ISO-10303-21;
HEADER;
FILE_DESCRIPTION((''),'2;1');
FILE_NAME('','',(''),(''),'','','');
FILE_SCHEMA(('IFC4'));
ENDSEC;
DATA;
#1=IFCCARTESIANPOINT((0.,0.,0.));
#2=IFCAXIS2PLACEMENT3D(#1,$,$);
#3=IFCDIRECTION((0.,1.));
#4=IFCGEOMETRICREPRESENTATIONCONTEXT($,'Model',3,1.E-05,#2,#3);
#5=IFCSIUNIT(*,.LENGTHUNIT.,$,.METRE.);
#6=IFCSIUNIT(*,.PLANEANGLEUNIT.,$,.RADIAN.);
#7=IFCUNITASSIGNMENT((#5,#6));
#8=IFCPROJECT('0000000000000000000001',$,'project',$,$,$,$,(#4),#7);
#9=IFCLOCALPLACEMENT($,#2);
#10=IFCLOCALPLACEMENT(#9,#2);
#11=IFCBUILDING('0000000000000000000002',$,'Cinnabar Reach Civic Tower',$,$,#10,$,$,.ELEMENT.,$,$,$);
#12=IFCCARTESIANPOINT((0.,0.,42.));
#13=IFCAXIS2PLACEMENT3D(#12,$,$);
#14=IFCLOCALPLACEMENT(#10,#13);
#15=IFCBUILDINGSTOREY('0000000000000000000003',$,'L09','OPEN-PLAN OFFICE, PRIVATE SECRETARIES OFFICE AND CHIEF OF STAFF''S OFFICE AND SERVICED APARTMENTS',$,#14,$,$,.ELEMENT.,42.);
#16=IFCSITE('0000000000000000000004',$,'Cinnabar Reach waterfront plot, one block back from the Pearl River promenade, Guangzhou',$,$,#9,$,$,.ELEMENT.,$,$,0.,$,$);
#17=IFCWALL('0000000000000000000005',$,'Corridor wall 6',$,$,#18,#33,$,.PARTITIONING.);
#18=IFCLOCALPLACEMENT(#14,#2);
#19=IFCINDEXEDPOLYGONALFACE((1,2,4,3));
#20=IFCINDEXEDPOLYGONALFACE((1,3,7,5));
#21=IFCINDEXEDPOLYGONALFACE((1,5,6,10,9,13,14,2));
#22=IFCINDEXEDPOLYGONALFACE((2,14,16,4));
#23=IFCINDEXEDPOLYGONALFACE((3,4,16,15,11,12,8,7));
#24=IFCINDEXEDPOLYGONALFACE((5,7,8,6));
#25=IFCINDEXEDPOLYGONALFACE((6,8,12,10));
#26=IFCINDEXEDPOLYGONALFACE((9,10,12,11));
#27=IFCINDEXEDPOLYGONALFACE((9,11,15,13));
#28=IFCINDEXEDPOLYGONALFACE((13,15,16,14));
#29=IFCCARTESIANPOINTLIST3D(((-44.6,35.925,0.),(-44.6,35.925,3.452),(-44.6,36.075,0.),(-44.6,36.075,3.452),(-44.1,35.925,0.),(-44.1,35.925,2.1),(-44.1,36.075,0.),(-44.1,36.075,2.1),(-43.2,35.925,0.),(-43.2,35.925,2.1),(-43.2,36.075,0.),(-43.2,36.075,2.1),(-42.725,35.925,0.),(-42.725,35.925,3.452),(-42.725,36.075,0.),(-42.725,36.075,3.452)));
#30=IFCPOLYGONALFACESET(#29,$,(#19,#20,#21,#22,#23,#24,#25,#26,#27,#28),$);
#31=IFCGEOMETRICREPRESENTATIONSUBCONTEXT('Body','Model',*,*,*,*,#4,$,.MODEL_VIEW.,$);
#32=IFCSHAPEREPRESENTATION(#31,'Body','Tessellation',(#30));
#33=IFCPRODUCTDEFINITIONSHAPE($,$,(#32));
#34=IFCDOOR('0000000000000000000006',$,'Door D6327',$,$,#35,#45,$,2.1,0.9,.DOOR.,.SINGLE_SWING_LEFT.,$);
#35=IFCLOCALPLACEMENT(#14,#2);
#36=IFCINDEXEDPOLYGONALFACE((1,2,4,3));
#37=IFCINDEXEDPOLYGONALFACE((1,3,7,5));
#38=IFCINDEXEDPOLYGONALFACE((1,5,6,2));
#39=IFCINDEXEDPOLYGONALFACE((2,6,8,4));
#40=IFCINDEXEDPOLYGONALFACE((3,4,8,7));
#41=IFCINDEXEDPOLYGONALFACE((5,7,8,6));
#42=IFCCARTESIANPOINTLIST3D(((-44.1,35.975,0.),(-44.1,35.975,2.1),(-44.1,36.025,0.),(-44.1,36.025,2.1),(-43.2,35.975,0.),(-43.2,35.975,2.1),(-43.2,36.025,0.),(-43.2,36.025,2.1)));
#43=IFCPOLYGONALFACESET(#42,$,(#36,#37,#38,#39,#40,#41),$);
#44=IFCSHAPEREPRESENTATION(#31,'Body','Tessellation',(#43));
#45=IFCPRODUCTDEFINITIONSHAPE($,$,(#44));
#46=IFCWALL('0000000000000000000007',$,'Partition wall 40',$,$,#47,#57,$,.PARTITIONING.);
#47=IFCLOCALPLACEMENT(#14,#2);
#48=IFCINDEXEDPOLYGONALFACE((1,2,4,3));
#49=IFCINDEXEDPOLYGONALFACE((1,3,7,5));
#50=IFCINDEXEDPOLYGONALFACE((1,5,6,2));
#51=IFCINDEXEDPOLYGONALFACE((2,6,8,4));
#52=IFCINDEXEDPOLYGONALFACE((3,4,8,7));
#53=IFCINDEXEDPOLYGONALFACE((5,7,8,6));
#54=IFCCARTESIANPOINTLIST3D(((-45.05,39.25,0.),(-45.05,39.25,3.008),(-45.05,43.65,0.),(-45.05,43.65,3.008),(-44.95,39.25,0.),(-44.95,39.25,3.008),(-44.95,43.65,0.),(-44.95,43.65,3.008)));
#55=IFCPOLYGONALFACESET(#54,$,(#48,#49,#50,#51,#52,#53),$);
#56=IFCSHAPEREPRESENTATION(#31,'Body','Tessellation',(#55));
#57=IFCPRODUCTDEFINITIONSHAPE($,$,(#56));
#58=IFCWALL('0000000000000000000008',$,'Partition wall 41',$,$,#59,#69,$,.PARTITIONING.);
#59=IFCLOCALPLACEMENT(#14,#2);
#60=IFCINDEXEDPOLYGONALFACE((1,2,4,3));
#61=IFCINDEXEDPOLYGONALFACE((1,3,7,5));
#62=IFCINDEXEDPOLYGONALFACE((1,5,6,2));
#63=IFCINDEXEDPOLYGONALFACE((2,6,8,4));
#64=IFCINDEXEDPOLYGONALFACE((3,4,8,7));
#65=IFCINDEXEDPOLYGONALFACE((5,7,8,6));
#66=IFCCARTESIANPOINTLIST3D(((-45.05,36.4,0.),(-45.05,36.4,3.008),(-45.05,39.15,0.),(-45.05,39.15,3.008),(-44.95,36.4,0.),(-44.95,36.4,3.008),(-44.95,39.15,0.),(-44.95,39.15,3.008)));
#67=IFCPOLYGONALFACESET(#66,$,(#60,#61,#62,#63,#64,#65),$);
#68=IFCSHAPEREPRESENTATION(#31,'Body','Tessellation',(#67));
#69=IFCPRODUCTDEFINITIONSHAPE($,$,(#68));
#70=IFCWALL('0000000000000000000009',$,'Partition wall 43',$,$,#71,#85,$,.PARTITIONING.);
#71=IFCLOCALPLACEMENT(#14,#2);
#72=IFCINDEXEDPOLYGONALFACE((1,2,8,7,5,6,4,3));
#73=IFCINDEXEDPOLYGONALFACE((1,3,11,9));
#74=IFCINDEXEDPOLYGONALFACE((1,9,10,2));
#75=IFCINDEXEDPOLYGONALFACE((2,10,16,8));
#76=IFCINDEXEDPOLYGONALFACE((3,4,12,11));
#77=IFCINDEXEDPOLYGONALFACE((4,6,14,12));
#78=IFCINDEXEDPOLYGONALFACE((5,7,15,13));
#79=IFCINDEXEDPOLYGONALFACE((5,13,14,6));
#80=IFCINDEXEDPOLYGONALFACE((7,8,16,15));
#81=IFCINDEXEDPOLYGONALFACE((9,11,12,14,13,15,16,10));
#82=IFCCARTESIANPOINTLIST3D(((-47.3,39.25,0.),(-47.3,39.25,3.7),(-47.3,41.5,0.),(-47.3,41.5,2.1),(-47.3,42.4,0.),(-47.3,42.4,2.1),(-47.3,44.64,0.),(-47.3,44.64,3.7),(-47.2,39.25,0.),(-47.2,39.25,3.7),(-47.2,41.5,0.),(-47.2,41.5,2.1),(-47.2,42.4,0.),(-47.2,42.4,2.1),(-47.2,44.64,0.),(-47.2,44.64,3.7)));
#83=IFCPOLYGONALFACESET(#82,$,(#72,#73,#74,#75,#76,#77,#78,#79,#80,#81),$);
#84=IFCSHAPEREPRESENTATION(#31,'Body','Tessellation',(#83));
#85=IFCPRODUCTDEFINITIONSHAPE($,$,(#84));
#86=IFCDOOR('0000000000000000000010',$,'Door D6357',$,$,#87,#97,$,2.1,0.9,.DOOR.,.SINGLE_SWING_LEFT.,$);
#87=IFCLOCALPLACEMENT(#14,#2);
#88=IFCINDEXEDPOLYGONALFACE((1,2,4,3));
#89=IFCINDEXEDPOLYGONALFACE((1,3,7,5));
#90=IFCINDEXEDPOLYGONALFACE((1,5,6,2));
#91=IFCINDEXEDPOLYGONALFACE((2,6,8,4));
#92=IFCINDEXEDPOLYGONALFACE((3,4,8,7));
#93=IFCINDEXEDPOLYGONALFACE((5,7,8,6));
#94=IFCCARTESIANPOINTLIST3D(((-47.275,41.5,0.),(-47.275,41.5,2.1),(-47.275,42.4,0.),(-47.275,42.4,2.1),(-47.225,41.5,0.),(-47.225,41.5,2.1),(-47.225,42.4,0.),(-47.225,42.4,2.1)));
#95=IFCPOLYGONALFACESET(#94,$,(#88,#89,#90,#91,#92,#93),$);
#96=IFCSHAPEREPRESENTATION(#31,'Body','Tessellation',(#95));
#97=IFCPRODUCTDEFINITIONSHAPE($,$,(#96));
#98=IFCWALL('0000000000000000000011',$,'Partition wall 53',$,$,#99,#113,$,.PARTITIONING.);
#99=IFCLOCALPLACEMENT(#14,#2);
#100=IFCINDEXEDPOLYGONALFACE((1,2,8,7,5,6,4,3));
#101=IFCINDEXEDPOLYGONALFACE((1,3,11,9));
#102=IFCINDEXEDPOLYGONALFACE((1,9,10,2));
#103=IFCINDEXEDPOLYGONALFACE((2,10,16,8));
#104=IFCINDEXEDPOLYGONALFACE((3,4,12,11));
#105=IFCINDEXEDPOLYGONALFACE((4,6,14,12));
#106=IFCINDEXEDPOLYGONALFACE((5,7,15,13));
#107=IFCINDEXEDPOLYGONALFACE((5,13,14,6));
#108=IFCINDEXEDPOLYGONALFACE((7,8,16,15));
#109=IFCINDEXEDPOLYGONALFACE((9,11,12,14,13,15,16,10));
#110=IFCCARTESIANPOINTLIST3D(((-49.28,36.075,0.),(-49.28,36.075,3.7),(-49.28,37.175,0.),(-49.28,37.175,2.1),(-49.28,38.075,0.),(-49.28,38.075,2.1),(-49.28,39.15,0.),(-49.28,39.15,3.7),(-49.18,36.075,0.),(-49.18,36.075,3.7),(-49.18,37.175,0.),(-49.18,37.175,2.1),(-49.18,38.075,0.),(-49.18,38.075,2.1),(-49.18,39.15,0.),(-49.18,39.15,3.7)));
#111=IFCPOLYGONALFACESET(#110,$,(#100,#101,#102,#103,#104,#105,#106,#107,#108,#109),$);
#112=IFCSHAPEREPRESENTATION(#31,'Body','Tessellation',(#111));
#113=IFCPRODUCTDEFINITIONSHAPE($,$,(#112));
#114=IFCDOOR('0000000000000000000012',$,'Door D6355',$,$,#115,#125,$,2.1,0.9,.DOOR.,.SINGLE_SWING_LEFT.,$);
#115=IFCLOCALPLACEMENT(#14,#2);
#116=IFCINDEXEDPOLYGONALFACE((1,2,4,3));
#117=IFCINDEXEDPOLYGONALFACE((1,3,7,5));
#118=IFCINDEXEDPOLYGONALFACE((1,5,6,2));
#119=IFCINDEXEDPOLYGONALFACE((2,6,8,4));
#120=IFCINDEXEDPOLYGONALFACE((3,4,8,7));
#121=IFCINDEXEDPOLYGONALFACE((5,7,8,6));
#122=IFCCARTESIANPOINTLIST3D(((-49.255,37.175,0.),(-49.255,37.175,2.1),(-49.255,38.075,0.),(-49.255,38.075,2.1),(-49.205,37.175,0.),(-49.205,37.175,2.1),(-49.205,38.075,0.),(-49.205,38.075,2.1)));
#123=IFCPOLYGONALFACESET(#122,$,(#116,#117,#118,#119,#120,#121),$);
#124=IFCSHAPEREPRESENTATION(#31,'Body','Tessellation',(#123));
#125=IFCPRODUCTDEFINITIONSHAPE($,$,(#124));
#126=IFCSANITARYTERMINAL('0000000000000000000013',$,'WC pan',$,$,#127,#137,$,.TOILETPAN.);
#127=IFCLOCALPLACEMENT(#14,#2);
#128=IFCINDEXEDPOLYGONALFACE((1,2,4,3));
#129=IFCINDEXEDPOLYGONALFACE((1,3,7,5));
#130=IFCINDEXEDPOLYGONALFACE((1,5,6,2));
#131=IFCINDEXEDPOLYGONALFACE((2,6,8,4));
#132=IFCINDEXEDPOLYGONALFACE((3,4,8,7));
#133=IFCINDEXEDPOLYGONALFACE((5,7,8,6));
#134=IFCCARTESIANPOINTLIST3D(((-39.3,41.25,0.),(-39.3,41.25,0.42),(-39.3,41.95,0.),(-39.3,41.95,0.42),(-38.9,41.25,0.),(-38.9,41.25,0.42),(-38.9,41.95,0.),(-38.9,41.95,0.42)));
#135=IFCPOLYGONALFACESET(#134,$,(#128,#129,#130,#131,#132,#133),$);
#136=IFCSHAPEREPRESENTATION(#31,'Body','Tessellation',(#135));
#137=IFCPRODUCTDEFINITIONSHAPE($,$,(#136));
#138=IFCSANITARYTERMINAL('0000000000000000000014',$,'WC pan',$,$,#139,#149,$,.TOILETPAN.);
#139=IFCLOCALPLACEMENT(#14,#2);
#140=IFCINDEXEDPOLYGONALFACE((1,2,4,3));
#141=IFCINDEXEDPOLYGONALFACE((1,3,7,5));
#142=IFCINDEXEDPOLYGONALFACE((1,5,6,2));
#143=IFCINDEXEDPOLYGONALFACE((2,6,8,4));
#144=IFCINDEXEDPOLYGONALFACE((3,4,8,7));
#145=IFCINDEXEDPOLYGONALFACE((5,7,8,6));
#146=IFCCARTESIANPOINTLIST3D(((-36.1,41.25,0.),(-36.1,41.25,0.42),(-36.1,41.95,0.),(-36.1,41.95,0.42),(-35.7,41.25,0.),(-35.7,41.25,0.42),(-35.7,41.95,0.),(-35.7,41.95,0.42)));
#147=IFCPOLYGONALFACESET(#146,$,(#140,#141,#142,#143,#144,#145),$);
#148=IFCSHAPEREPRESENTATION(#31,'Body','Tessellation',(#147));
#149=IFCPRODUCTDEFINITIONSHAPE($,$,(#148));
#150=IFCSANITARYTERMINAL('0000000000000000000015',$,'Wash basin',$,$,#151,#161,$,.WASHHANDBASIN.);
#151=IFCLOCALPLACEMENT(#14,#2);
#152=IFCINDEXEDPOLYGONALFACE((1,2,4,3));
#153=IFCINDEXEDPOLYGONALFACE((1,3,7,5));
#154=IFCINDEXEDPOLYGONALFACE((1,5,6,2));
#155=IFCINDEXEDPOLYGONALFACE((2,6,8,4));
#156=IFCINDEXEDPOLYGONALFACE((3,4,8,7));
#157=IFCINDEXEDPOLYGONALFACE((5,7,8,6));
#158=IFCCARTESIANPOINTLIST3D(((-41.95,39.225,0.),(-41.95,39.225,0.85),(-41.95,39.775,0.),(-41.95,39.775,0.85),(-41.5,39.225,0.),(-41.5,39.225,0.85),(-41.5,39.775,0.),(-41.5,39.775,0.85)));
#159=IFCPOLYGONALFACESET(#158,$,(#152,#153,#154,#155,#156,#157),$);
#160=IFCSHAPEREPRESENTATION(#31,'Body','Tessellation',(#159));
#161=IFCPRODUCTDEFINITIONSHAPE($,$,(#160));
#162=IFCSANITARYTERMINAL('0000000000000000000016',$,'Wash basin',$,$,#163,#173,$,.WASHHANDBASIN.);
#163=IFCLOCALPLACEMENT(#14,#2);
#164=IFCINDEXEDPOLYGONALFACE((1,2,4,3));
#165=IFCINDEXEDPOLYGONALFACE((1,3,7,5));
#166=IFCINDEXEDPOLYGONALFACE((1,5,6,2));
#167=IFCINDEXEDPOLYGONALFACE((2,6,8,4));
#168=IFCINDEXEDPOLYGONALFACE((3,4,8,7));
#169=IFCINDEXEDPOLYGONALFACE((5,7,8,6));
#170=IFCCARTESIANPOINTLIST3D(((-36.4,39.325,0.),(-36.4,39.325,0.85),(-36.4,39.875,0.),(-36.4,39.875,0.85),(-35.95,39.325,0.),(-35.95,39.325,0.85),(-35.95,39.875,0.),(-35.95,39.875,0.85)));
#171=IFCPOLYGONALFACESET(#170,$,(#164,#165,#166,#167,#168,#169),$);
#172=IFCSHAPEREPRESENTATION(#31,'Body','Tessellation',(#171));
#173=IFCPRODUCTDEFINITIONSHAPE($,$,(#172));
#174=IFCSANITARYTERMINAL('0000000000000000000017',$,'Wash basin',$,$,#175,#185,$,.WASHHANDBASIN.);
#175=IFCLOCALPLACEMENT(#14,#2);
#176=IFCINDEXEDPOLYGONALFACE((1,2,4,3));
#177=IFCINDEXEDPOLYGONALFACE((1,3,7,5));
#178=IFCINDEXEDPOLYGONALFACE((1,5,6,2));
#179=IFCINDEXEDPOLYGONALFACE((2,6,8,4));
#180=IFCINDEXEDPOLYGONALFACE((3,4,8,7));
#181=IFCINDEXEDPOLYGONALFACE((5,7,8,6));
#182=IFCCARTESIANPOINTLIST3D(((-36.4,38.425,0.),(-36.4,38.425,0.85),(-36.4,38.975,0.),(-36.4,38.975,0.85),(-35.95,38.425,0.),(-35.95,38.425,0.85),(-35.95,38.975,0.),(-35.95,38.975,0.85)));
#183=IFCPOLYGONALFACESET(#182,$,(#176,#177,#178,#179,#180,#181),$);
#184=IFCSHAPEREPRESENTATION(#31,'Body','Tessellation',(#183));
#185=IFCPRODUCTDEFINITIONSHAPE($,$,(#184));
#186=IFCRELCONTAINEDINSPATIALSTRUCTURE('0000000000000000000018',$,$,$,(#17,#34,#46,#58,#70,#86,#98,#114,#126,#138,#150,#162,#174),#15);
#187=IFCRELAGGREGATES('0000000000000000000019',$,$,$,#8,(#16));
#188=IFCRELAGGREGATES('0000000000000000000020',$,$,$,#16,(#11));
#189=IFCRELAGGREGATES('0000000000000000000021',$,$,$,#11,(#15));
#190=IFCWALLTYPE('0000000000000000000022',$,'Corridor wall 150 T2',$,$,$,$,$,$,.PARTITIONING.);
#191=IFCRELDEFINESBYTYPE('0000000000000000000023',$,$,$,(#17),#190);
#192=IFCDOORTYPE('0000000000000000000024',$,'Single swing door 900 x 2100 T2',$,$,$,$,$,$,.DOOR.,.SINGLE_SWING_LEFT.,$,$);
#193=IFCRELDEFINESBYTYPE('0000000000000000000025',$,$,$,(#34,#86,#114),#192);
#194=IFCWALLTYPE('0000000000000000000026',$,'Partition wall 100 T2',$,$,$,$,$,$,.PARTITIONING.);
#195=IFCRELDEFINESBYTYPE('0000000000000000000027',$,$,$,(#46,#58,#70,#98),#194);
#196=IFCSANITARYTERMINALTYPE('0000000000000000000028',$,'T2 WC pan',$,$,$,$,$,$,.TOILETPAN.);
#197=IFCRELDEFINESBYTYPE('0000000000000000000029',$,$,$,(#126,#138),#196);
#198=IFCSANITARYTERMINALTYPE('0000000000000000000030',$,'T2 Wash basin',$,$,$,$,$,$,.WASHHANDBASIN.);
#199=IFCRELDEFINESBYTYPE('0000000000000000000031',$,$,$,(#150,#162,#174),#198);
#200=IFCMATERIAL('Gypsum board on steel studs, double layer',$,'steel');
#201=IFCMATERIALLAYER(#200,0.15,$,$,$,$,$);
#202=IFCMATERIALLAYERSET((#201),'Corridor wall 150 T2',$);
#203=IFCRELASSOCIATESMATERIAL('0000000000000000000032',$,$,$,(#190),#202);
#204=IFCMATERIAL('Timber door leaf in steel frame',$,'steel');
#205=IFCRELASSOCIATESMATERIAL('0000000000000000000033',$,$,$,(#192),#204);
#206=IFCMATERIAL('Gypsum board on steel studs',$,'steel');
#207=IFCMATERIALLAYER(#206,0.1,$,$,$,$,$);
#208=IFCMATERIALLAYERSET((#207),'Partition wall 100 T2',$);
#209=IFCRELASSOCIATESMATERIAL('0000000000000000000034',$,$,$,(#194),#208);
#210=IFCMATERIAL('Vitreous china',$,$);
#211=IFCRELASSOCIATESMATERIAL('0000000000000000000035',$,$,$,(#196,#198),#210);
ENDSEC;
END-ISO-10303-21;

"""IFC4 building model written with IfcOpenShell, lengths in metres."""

from ifc_helpers import new_model, si_unit, direction, frame, frame_2d, origin, origin_2d, place, context, subcontext, project, spatial, rectangle, extrude, material, layer, layer_set, type_object, element, fill, save


model = new_model("IFC4")

# Units and contexts
model_context = context("Model", 3, precision=1e-05, world=origin(), true_north=direction((0.0, 1.0)))
body_context = subcontext(model_context, "Body", "Model", "MODEL_VIEW")
ifc_project = project(units=[si_unit("LENGTHUNIT", "METRE"), si_unit("PLANEANGLEUNIT", "RADIAN")], contexts=[model_context])

# Site, building, storey
site_placement = place(None, origin())
site = spatial("IfcSite", under=ifc_project, at=site_placement, Name="Cinnabar Reach waterfront plot, one block back from the Pearl River promenade, Guangzhou", CompositionType="ELEMENT", RefElevation=0.0)
building_placement = place(site_placement, origin())
building = spatial("IfcBuilding", under=site, at=building_placement, Name="Cinnabar Reach Civic Tower", CompositionType="ELEMENT")
storey_placement = place(building_placement, frame((0.0, 0.0, 42.0)))
storey = spatial("IfcBuildingStorey", under=building, at=storey_placement, Name="L09", Description="OPEN-PLAN OFFICE, PRIVATE SECRETARIES OFFICE AND CHIEF OF STAFF'S OFFICE AND SERVICED APARTMENTS", CompositionType="ELEMENT", Elevation=42.0)

# Wall, opening, door
ifc_material_1 = material(Name="Gypsum board on steel studs, double layer", Category="steel")
ifc_layer_1 = layer(ifc_material_1, 0.15)
ifc_layer_set_1 = layer_set([ifc_layer_1], Name="Corridor wall 150 T2")
wall_type_1 = type_object("IfcWallType", Name="Corridor wall 150 T2", PredefinedType="PARTITIONING", material=ifc_layer_set_1)
wall_1_placement = place(storey_placement, frame((-44.6, 36.0, 0.0), z_axis=(0.0, 0.0, 1.0), x_axis=(1.0, 0.0, 0.0)))
wall_1 = element("IfcWall", 1, at=wall_1_placement, inside=storey, type_object=wall_type_1, Name="Corridor wall 6", PredefinedType="PARTITIONING", context=body_context, shape_type="SweptSolid", body=[
    extrude(rectangle(XDim=1.875, YDim=0.15, at=frame_2d((0.9375, 0.0))), origin(), (0.0, 0.0, 1.0), 3.452),
])
opening_1_placement = place(wall_1_placement, frame((0.5, 0.0, 0.0)))
opening_1 = element("IfcOpeningElement", 2, at=opening_1_placement, cuts=wall_1, PredefinedType="OPENING", context=body_context, shape_type="SweptSolid", body=[
    extrude(rectangle(XDim=0.9, YDim=2.1, at=frame_2d((0.45, 1.05))), frame((0.0, 0.085, 0.0), z_axis=(0.0, -1.0, 0.0), x_axis=(1.0, 0.0, 0.0)), (0.0, 0.0, 1.0), 0.17),
])
ifc_material_2 = material(Name="Timber door leaf in steel frame", Category="steel")
door_type_1 = type_object("IfcDoorType", Name="Single swing door 900 x 2100 T2", OperationType="SINGLE_SWING_LEFT", PredefinedType="DOOR", material=ifc_material_2)
door_1_placement = place(opening_1_placement, origin())
door_1 = element("IfcDoor", 3, at=door_1_placement, inside=storey, type_object=door_type_1, Name="Door D6327", OperationType="SINGLE_SWING_LEFT", OverallHeight=2.1, OverallWidth=0.9, PredefinedType="DOOR", context=body_context, shape_type="SweptSolid", body=[
    extrude(rectangle(XDim=0.9, YDim=2.1, at=frame_2d((0.45, 1.05))), frame((0.0, 0.025, 0.0), z_axis=(0.0, -1.0, 0.0), x_axis=(1.0, 0.0, 0.0)), (0.0, 0.0, 1.0), 0.05),
])
fill(opening_1, door_1)

# Walls
ifc_material_3 = material(Name="Gypsum board on steel studs", Category="steel")
ifc_layer_2 = layer(ifc_material_3, 0.1)
ifc_layer_set_2 = layer_set([ifc_layer_2], Name="Partition wall 100 T2")
wall_type_2 = type_object("IfcWallType", Name="Partition wall 100 T2", PredefinedType="PARTITIONING", material=ifc_layer_set_2)
wall_2_placement = place(storey_placement, frame((-45.0, 39.25, 0.0), z_axis=(0.0, 0.0, 1.0), x_axis=(0.0, 1.0, 0.0)))
element("IfcWall", 4, at=wall_2_placement, inside=storey, type_object=wall_type_2, Name="Partition wall 40", PredefinedType="PARTITIONING", context=body_context, shape_type="SweptSolid", body=[
    extrude(rectangle(XDim=4.4, YDim=0.1, at=frame_2d((2.2, 0.0))), origin(), (0.0, 0.0, 1.0), 3.008),
])
wall_3_placement = place(storey_placement, frame((-45.0, 36.4, 0.0), z_axis=(0.0, 0.0, 1.0), x_axis=(0.0, 1.0, 0.0)))
element("IfcWall", 5, at=wall_3_placement, inside=storey, type_object=wall_type_2, Name="Partition wall 41", PredefinedType="PARTITIONING", context=body_context, shape_type="SweptSolid", body=[
    extrude(rectangle(XDim=2.75, YDim=0.1, at=frame_2d((1.375, 0.0))), origin(), (0.0, 0.0, 1.0), 3.008),
])

# Walls, openings, doors
wall_4_placement = place(storey_placement, frame((-47.25, 39.25, 0.0), z_axis=(0.0, 0.0, 1.0), x_axis=(0.0, 1.0, 0.0)))
wall_4 = element("IfcWall", 6, at=wall_4_placement, inside=storey, type_object=wall_type_2, Name="Partition wall 43", PredefinedType="PARTITIONING", context=body_context, shape_type="SweptSolid", body=[
    extrude(rectangle(XDim=5.39, YDim=0.1, at=frame_2d((2.695, 0.0))), origin(), (0.0, 0.0, 1.0), 3.7),
])
opening_2_placement = place(wall_4_placement, frame((2.25, 0.0, 0.0)))
opening_2 = element("IfcOpeningElement", 7, at=opening_2_placement, cuts=wall_4, PredefinedType="OPENING", context=body_context, shape_type="SweptSolid", body=[
    extrude(rectangle(XDim=0.9, YDim=2.1, at=frame_2d((0.45, 1.05))), frame((0.0, 0.06, 0.0), z_axis=(0.0, -1.0, 0.0), x_axis=(1.0, 0.0, 0.0)), (0.0, 0.0, 1.0), 0.12),
])
door_2_placement = place(opening_2_placement, frame((0.9, 0.0, 0.0), z_axis=(0.0, 0.0, 1.0), x_axis=(-1.0, 0.0, 0.0)))
door_2 = element("IfcDoor", 8, at=door_2_placement, inside=storey, type_object=door_type_1, Name="Door D6357", OperationType="SINGLE_SWING_LEFT", OverallHeight=2.1, OverallWidth=0.9, PredefinedType="DOOR", context=body_context, shape_type="SweptSolid", body=[
    extrude(rectangle(XDim=0.9, YDim=2.1, at=frame_2d((0.45, 1.05))), frame((0.0, 0.025, 0.0), z_axis=(0.0, -1.0, 0.0), x_axis=(1.0, 0.0, 0.0)), (0.0, 0.0, 1.0), 0.05),
])
fill(opening_2, door_2)
wall_5_placement = place(storey_placement, frame((-49.23, 36.075, 0.0), z_axis=(0.0, 0.0, 1.0), x_axis=(0.0, 1.0, 0.0)))
wall_5 = element("IfcWall", 9, at=wall_5_placement, inside=storey, type_object=wall_type_2, Name="Partition wall 53", PredefinedType="PARTITIONING", context=body_context, shape_type="SweptSolid", body=[
    extrude(rectangle(XDim=3.075, YDim=0.1, at=frame_2d((1.5375, 0.0))), origin(), (0.0, 0.0, 1.0), 3.7),
])
opening_3_placement = place(wall_5_placement, frame((1.1, 0.0, 0.0)))
opening_3 = element("IfcOpeningElement", 10, at=opening_3_placement, cuts=wall_5, PredefinedType="OPENING", context=body_context, shape_type="SweptSolid", body=[
    extrude(rectangle(XDim=0.9, YDim=2.1, at=frame_2d((0.45, 1.05))), frame((0.0, 0.06, 0.0), z_axis=(0.0, -1.0, 0.0), x_axis=(1.0, 0.0, 0.0)), (0.0, 0.0, 1.0), 0.12),
])
door_3_placement = place(opening_3_placement, origin())
door_3 = element("IfcDoor", 11, at=door_3_placement, inside=storey, type_object=door_type_1, Name="Door D6355", OperationType="SINGLE_SWING_LEFT", OverallHeight=2.1, OverallWidth=0.9, PredefinedType="DOOR", context=body_context, shape_type="SweptSolid", body=[
    extrude(rectangle(XDim=0.9, YDim=2.1, at=frame_2d((0.45, 1.05))), frame((0.0, 0.025, 0.0), z_axis=(0.0, -1.0, 0.0), x_axis=(1.0, 0.0, 0.0)), (0.0, 0.0, 1.0), 0.05),
])
fill(opening_3, door_3)

# Sanitary terminals
ifc_material_4 = material(Name="Vitreous china")
sanitary_terminal_type_1 = type_object("IfcSanitaryTerminalType", Name="T2 WC pan", PredefinedType="TOILETPAN", material=ifc_material_4)
for number, where, z_axis, x_axis, name in (
    (12, (-39.1, 41.6, 0.0), (0.0, 0.0, 1.0), (1.0, 0.0, 0.0), "WC pan"),
    (13, (-35.9, 41.6, 0.0), (0.0, 0.0, 1.0), (1.0, 0.0, 0.0), "WC pan"),
):
    element("IfcSanitaryTerminal", number, at=place(storey_placement, frame(where, z_axis=z_axis, x_axis=x_axis)), inside=storey, type_object=sanitary_terminal_type_1, Name=name, PredefinedType="TOILETPAN", context=body_context, shape_type="SweptSolid", body=[
        extrude(rectangle(XDim=0.4, YDim=0.7, at=origin_2d()), origin(), (0.0, 0.0, 1.0), 0.42),
    ])
sanitary_terminal_type_2 = type_object("IfcSanitaryTerminalType", Name="T2 Wash basin", PredefinedType="WASHHANDBASIN", material=ifc_material_4)
for number, where, z_axis, x_axis, name in (
    (14, (-41.725, 39.5, 0.0), (0.0, 0.0, 1.0), (1.0, 0.0, 0.0), "Wash basin"),
    (15, (-36.175, 39.6, 0.0), (0.0, 0.0, 1.0), (1.0, 0.0, 0.0), "Wash basin"),
    (16, (-36.175, 38.7, 0.0), (0.0, 0.0, 1.0), (1.0, 0.0, 0.0), "Wash basin"),
):
    element("IfcSanitaryTerminal", number, at=place(storey_placement, frame(where, z_axis=z_axis, x_axis=x_axis)), inside=storey, type_object=sanitary_terminal_type_2, Name=name, PredefinedType="WASHHANDBASIN", context=body_context, shape_type="SweptSolid", body=[
        extrude(rectangle(XDim=0.45, YDim=0.55, at=origin_2d()), origin(), (0.0, 0.0, 1.0), 0.85),
    ])

save(model, "model.ifc")
